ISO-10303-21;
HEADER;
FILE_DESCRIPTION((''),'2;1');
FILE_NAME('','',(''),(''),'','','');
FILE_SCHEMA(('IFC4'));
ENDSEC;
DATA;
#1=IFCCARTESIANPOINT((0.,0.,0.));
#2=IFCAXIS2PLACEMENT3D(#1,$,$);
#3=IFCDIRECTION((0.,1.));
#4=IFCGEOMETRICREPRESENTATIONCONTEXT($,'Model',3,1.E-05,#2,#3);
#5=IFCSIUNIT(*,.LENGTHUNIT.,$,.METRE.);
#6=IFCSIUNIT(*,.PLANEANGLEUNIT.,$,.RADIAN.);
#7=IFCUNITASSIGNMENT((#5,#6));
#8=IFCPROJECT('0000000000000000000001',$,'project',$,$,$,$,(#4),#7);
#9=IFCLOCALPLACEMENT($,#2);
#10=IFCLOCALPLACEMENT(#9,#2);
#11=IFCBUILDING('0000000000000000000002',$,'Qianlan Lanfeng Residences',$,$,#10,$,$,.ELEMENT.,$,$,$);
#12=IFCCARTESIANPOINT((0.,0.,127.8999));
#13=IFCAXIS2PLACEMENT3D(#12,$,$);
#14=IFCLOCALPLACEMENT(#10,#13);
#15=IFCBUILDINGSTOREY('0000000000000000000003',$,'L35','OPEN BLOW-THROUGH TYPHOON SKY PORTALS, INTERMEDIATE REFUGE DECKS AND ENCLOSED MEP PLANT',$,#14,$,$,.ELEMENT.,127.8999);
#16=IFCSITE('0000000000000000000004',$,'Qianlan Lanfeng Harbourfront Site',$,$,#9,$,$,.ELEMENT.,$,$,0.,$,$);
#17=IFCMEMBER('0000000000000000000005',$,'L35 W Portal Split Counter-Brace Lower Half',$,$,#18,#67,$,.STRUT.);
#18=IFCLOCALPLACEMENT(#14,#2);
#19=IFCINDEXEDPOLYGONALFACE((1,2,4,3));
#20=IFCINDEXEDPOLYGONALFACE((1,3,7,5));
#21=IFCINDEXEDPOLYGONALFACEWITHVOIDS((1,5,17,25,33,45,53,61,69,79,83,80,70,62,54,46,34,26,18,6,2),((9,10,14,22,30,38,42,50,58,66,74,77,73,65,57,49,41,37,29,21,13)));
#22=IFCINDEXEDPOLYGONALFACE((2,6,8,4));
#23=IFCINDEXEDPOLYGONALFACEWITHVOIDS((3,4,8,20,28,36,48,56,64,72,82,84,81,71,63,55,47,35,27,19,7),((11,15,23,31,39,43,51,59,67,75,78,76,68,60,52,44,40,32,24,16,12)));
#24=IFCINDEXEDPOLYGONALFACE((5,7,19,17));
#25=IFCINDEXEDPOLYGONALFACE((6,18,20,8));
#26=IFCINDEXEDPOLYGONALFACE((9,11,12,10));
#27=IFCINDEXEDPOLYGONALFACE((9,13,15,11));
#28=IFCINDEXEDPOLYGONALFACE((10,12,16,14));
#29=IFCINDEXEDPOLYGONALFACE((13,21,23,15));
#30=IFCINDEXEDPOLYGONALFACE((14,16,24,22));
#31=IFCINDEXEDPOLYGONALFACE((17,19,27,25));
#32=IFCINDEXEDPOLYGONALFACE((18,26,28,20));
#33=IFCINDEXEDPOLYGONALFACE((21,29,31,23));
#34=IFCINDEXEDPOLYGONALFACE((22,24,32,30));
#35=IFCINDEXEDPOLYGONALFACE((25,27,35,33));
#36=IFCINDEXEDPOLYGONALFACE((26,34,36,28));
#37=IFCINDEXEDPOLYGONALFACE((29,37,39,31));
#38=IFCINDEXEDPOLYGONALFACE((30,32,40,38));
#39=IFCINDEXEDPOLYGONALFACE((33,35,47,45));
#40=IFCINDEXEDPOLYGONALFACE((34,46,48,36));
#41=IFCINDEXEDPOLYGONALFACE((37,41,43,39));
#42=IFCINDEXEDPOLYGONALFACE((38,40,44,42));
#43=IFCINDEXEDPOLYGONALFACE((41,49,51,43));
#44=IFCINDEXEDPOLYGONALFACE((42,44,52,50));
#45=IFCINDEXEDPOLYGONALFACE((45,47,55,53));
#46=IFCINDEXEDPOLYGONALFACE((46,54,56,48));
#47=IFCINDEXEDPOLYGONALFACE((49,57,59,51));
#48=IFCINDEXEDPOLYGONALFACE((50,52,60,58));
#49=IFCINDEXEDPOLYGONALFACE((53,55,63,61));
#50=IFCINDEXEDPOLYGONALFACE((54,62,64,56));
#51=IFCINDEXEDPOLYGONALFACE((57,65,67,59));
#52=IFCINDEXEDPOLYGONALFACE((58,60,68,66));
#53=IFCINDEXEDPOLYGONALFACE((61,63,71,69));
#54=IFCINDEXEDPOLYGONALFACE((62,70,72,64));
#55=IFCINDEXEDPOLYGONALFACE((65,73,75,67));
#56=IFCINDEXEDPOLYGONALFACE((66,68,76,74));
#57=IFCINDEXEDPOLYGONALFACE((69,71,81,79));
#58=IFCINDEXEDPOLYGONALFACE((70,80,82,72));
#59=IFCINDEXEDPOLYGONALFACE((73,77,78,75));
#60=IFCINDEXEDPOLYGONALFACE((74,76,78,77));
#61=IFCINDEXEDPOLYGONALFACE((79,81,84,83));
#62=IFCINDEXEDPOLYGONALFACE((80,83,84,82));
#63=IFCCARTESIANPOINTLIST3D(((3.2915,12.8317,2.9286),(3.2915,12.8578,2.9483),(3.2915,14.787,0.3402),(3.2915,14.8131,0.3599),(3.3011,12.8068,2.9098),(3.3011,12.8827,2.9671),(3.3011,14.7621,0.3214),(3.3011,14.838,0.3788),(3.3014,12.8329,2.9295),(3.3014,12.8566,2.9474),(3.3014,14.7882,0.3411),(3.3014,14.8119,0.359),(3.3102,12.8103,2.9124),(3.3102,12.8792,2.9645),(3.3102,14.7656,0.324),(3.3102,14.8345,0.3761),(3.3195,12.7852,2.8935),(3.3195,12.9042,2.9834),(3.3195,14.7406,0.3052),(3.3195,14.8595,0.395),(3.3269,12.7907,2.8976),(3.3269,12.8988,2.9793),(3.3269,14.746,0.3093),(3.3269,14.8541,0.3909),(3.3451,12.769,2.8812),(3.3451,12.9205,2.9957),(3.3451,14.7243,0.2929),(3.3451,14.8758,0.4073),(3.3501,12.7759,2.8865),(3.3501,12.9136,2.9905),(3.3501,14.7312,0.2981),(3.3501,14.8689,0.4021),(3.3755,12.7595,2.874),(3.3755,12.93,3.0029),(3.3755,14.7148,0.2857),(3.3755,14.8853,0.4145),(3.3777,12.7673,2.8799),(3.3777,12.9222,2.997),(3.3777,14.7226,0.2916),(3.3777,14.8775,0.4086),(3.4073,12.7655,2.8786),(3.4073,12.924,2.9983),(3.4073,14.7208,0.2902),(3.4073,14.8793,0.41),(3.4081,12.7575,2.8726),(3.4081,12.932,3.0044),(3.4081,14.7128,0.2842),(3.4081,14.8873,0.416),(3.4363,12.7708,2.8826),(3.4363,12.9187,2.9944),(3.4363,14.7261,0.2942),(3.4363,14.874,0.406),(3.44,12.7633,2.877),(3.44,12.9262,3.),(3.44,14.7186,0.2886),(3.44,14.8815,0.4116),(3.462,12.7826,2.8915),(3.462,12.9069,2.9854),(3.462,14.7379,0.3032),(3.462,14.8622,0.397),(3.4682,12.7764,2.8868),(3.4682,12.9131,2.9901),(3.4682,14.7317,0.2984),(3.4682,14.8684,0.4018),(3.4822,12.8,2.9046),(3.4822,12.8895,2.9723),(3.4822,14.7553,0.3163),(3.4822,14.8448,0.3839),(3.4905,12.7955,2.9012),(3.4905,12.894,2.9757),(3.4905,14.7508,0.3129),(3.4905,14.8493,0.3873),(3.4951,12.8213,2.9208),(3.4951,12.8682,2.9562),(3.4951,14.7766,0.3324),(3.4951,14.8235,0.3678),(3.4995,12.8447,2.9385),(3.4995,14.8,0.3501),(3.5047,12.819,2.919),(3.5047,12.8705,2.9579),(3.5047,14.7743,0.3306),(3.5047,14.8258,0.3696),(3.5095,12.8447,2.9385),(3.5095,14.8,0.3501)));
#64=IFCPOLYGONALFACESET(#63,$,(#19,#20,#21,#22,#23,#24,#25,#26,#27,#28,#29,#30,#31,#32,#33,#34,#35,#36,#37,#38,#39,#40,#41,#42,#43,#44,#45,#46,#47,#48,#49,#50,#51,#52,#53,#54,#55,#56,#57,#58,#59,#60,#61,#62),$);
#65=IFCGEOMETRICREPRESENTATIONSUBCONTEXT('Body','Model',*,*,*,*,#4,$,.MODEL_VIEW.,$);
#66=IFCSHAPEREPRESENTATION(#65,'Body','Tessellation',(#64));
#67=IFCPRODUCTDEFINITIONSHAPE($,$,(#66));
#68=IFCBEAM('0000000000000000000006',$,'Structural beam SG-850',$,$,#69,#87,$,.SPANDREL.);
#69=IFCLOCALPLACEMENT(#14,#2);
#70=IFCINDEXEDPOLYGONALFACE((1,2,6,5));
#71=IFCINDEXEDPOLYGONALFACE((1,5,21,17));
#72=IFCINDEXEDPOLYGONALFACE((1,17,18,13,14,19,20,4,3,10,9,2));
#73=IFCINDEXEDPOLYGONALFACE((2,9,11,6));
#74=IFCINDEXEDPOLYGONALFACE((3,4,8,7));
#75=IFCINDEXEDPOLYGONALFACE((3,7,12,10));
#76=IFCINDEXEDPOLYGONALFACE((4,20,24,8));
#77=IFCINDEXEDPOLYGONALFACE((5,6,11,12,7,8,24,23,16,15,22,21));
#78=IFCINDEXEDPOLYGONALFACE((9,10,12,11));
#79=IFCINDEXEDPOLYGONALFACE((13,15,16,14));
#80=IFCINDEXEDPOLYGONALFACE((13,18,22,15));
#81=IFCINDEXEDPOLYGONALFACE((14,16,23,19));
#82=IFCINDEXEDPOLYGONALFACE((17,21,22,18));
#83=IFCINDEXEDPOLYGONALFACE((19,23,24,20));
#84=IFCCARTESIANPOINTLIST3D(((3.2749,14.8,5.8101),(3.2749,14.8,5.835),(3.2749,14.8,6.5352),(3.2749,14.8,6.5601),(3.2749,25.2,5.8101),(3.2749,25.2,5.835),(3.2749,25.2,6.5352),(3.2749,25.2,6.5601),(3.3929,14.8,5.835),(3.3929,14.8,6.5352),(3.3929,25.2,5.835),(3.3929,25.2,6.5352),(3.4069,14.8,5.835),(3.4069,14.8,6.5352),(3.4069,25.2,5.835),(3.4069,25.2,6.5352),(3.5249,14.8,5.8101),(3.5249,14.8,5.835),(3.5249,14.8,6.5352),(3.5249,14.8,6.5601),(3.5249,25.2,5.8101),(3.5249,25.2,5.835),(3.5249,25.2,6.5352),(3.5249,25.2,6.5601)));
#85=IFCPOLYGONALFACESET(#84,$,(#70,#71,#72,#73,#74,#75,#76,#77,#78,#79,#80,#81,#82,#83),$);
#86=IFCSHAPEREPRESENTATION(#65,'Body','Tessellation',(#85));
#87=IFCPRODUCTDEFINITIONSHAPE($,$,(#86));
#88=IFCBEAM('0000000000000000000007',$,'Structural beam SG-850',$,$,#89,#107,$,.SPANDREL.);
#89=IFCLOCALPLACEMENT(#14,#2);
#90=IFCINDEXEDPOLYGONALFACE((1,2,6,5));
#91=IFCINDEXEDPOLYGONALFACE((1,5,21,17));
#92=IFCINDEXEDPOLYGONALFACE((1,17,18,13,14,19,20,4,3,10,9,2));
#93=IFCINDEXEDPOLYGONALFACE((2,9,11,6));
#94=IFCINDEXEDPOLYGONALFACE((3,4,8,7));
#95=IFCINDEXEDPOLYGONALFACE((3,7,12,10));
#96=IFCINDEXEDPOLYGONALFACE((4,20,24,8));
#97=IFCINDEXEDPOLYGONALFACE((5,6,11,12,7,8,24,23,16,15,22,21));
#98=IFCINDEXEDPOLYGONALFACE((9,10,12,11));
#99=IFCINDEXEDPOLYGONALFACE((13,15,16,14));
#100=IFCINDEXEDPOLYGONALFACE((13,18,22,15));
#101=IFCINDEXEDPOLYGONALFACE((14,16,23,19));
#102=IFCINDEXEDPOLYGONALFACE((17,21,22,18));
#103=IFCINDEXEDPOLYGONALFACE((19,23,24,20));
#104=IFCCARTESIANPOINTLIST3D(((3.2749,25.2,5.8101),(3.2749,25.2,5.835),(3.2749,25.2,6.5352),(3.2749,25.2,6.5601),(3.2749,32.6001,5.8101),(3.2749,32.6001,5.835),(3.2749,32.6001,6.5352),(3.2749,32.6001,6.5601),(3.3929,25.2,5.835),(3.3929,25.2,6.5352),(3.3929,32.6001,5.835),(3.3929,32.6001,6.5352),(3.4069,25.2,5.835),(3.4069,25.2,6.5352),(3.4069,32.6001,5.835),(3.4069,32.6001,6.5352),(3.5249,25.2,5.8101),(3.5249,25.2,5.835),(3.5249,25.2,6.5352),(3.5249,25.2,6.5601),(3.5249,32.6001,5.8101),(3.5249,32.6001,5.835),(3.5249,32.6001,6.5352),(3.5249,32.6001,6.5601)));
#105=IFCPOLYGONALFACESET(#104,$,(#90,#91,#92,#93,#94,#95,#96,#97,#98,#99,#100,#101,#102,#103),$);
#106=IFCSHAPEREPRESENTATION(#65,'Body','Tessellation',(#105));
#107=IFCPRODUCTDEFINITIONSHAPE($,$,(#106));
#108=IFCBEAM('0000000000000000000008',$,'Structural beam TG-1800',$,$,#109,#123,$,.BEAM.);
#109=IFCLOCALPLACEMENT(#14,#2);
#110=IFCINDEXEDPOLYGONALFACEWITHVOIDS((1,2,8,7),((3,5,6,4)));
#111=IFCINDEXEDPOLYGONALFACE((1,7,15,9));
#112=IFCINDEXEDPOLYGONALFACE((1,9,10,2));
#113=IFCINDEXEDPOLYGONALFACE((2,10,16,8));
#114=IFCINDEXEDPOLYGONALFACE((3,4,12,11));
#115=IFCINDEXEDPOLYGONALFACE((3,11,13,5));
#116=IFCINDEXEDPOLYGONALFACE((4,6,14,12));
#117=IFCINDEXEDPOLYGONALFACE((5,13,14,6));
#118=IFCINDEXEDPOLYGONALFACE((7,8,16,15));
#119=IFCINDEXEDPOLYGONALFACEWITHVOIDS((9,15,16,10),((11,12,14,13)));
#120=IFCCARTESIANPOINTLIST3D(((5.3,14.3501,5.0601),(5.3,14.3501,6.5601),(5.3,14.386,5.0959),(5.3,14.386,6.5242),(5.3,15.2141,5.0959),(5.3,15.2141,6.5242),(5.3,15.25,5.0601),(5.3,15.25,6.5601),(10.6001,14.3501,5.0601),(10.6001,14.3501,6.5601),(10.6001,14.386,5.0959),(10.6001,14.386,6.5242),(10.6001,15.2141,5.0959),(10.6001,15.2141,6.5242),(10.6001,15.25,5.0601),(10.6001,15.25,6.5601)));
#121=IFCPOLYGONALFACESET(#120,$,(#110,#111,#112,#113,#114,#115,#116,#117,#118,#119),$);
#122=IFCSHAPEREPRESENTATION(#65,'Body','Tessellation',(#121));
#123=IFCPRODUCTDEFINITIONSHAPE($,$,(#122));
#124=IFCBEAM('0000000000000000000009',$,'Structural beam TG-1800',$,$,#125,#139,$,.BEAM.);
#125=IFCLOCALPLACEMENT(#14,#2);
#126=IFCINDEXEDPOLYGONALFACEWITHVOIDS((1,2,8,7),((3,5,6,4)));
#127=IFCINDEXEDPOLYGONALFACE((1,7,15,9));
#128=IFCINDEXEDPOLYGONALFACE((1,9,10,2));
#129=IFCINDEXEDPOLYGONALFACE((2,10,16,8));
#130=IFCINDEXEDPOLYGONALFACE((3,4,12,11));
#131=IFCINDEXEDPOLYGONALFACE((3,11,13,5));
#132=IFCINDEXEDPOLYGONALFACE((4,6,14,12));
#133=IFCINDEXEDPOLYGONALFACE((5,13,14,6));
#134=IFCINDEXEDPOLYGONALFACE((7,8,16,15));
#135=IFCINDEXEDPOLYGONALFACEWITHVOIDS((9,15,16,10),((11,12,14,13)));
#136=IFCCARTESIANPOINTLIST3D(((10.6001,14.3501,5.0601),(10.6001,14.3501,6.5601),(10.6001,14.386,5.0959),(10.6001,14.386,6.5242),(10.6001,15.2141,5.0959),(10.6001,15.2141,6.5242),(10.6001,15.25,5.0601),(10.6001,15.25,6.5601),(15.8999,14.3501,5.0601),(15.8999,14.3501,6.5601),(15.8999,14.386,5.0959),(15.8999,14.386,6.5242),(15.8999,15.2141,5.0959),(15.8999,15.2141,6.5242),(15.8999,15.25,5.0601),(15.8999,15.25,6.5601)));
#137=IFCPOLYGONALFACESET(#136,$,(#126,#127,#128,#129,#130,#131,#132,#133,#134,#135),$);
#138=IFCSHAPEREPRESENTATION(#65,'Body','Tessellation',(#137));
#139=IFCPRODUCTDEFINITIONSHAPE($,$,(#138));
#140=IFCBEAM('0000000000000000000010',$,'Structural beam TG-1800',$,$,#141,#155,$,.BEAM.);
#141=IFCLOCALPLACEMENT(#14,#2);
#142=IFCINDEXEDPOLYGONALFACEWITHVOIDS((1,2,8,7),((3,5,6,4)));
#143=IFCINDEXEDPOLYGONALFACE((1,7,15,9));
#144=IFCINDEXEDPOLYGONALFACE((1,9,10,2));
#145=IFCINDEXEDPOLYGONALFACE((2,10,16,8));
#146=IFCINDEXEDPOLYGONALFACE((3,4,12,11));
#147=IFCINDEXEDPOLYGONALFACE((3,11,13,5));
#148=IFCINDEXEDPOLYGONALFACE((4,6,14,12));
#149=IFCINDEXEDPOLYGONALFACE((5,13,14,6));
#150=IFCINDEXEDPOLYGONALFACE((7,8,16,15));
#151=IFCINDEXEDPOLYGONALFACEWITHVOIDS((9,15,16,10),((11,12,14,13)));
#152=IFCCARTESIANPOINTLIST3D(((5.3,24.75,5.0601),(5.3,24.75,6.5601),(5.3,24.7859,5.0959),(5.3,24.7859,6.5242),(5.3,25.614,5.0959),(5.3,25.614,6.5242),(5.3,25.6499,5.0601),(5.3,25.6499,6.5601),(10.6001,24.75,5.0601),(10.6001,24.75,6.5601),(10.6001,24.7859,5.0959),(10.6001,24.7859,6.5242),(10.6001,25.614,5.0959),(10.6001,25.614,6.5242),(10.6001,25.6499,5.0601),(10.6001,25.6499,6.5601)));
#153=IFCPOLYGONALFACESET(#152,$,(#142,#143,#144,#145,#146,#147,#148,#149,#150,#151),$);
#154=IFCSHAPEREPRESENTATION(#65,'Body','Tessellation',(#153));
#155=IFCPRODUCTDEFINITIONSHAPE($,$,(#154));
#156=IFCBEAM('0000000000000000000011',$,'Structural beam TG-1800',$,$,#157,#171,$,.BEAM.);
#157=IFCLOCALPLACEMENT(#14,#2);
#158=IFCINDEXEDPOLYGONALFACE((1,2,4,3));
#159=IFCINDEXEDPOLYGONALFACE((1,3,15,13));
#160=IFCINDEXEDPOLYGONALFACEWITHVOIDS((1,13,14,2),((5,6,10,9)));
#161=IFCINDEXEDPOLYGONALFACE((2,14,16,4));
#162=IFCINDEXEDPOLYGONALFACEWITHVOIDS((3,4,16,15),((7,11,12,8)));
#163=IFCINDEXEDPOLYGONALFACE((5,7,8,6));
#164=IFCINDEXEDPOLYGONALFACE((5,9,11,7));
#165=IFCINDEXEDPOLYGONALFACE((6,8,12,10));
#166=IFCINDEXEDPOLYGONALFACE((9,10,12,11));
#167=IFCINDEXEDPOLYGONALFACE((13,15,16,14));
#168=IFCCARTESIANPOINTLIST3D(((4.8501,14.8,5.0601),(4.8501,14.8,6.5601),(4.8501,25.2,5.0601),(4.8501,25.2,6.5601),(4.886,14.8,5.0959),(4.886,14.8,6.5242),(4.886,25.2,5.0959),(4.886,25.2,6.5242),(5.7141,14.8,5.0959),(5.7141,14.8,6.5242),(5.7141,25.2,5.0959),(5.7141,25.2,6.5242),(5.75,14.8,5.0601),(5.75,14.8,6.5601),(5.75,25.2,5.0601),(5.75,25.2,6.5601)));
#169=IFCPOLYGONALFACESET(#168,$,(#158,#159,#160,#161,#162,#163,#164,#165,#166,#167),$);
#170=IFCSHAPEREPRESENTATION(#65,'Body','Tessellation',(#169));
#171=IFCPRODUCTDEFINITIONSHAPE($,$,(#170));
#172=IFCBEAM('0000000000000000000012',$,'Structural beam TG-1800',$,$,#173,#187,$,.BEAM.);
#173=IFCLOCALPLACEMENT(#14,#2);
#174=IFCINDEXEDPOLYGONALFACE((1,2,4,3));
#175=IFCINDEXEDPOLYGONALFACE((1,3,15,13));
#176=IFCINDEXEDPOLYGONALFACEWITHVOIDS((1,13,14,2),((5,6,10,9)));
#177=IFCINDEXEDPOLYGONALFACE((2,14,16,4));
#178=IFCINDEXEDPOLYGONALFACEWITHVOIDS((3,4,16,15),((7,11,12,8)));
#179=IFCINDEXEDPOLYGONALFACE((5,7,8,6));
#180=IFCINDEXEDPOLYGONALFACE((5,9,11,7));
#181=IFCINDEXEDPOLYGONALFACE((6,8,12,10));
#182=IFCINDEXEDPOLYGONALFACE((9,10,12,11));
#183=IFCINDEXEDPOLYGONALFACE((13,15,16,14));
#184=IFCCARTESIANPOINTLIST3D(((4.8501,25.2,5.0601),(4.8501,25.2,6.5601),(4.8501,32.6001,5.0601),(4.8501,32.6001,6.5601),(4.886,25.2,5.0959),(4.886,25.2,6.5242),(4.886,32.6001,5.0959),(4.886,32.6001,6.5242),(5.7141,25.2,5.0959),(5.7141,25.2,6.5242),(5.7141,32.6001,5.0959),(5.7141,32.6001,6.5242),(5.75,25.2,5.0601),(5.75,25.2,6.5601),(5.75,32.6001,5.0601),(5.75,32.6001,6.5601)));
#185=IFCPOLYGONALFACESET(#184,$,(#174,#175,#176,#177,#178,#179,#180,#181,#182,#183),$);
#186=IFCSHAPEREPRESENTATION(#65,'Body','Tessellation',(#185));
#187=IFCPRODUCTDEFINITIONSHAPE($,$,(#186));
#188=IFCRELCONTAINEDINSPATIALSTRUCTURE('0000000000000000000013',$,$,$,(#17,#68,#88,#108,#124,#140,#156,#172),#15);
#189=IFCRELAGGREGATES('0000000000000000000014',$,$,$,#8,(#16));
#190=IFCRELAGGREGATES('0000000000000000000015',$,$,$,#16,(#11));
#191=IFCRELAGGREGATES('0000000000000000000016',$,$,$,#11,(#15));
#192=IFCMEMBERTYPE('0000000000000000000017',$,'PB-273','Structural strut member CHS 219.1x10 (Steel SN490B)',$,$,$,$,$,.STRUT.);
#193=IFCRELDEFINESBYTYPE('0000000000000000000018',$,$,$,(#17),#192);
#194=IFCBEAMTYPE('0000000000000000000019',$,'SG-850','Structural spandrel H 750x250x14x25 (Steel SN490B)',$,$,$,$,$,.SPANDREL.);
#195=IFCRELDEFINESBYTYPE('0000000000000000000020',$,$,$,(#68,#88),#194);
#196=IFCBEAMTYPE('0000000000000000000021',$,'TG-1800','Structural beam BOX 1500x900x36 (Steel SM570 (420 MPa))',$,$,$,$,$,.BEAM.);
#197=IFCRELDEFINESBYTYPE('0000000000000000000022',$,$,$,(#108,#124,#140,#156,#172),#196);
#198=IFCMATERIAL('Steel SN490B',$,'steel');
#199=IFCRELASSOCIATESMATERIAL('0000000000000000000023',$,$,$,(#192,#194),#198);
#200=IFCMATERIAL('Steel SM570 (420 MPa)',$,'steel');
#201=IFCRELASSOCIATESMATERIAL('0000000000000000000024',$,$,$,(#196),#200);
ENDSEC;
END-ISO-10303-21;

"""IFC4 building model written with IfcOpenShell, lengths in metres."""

from ifc_helpers import new_model, si_unit, direction, frame, origin, origin_2d, place, context, subcontext, project, spatial, hollow_rectangle, hollow_circle, i_section, extrude, material, material_profile, profile_set, type_object, element, save


model = new_model("IFC4")

# Units and contexts
model_context = context("Model", 3, precision=1e-05, world=origin(), true_north=direction((0.0, 1.0)))
body_context = subcontext(model_context, "Body", "Model", "MODEL_VIEW")
ifc_project = project(units=[si_unit("LENGTHUNIT", "METRE"), si_unit("PLANEANGLEUNIT", "RADIAN")], contexts=[model_context])

# Site, building, storey
site_placement = place(None, origin())
site = spatial("IfcSite", under=ifc_project, at=site_placement, Name="Qianlan Lanfeng Harbourfront Site", CompositionType="ELEMENT", RefElevation=0.0)
building_placement = place(site_placement, origin())
building = spatial("IfcBuilding", under=site, at=building_placement, Name="Qianlan Lanfeng Residences", CompositionType="ELEMENT")
storey_placement = place(building_placement, frame((0.0, 0.0, 127.8999)))
storey = spatial("IfcBuildingStorey", under=building, at=storey_placement, Name="L35", Description="OPEN BLOW-THROUGH TYPHOON SKY PORTALS, INTERMEDIATE REFUGE DECKS AND ENCLOSED MEP PLANT", CompositionType="ELEMENT", Elevation=127.8999)

# Shared definitions
ifc_material_1 = material(Name="Steel SN490B", Category="steel")

# Member
ifc_material_profile_1 = material_profile(ifc_material_1, hollow_circle(Radius=0.1096, WallThickness=0.01, at=origin_2d()), Name="CHS 219.1x10")
ifc_profile_set_1 = profile_set([ifc_material_profile_1], Name="Steel SN490B")
member_type = type_object("IfcMemberType", Name="PB-273", Description="Structural strut member CHS 219.1x10 (Steel SN490B)", PredefinedType="STRUT", material=ifc_profile_set_1)
member_placement = place(storey_placement, frame((3.3999, 14.8, 0.3501), z_axis=(0.0, -0.602766, 0.797918), x_axis=(1.0, 0.0, 0.0)))
element("IfcMember", 1, at=member_placement, inside=storey, type_object=member_type, Name="L35 W Portal Split Counter-Brace Lower Half", PredefinedType="STRUT", context=body_context, shape_type="SweptSolid", body=[
    extrude(hollow_circle(Radius=0.1096, WallThickness=0.01, at=origin_2d()), origin(), (0.0, 0.0, 1.0), 3.2439),
])

# Beams
ifc_material_profile_2 = material_profile(ifc_material_1, i_section(OverallWidth=0.25, OverallDepth=0.75, WebThickness=0.0139, FlangeThickness=0.0249, at=origin_2d()), Name="H 750x250x14x25")
ifc_profile_set_2 = profile_set([ifc_material_profile_2], Name="Steel SN490B")
beam_type_1 = type_object("IfcBeamType", Name="SG-850", Description="Structural spandrel H 750x250x14x25 (Steel SN490B)", PredefinedType="SPANDREL", material=ifc_profile_set_2)
beam_1_placement = place(storey_placement, frame((3.3999, 14.8, 6.1851), z_axis=(0.0, 1.0, 0.0), x_axis=(-1.0, 0.0, 0.0)))
element("IfcBeam", 2, at=beam_1_placement, inside=storey, type_object=beam_type_1, Name="Structural beam SG-850", PredefinedType="SPANDREL", context=body_context, shape_type="SweptSolid", body=[
    extrude(i_section(OverallWidth=0.25, OverallDepth=0.75, WebThickness=0.0139, FlangeThickness=0.0249, at=origin_2d()), origin(), (0.0, 0.0, 1.0), 10.3999),
])
beam_2_placement = place(storey_placement, frame((3.3999, 25.2, 6.1851), z_axis=(0.0, 1.0, 0.0), x_axis=(-1.0, 0.0, 0.0)))
element("IfcBeam", 3, at=beam_2_placement, inside=storey, type_object=beam_type_1, Name="Structural beam SG-850", PredefinedType="SPANDREL", context=body_context, shape_type="SweptSolid", body=[
    extrude(i_section(OverallWidth=0.25, OverallDepth=0.75, WebThickness=0.0139, FlangeThickness=0.0249, at=origin_2d()), origin(), (0.0, 0.0, 1.0), 7.4001),
])
ifc_material_2 = material(Name="Steel SM570 (420 MPa)", Category="steel")
ifc_material_profile_3 = material_profile(ifc_material_2, hollow_rectangle(XDim=0.8999, YDim=1.5, WallThickness=0.0359, at=origin_2d()), Name="BOX 1500x900x36")
ifc_profile_set_3 = profile_set([ifc_material_profile_3], Name="Steel SM570 (420 MPa)")
beam_type_2 = type_object("IfcBeamType", Name="TG-1800", Description="Structural beam BOX 1500x900x36 (Steel SM570 (420 MPa))", PredefinedType="BEAM", material=ifc_profile_set_3)
beam_3_placement = place(storey_placement, frame((5.3, 14.8, 5.8101), z_axis=(1.0, 0.0, 0.0), x_axis=(0.0, 1.0, 0.0)))
element("IfcBeam", 4, at=beam_3_placement, inside=storey, type_object=beam_type_2, Name="Structural beam TG-1800", PredefinedType="BEAM", context=body_context, shape_type="SweptSolid", body=[
    extrude(hollow_rectangle(XDim=0.8999, YDim=1.5, WallThickness=0.0359, at=origin_2d()), origin(), (0.0, 0.0, 1.0), 5.3),
])
beam_4_placement = place(storey_placement, frame((10.6001, 14.8, 5.8101), z_axis=(1.0, 0.0, 0.0), x_axis=(0.0, 1.0, 0.0)))
element("IfcBeam", 5, at=beam_4_placement, inside=storey, type_object=beam_type_2, Name="Structural beam TG-1800", PredefinedType="BEAM", context=body_context, shape_type="SweptSolid", body=[
    extrude(hollow_rectangle(XDim=0.8999, YDim=1.5, WallThickness=0.0359, at=origin_2d()), origin(), (0.0, 0.0, 1.0), 5.2998),
])
beam_5_placement = place(storey_placement, frame((5.3, 25.2, 5.8101), z_axis=(1.0, 0.0, 0.0), x_axis=(0.0, 1.0, 0.0)))
element("IfcBeam", 6, at=beam_5_placement, inside=storey, type_object=beam_type_2, Name="Structural beam TG-1800", PredefinedType="BEAM", context=body_context, shape_type="SweptSolid", body=[
    extrude(hollow_rectangle(XDim=0.8999, YDim=1.5, WallThickness=0.0359, at=origin_2d()), origin(), (0.0, 0.0, 1.0), 5.3),
])
beam_6_placement = place(storey_placement, frame((5.3, 14.8, 5.8101), z_axis=(0.0, 1.0, 0.0), x_axis=(-1.0, 0.0, 0.0)))
element("IfcBeam", 7, at=beam_6_placement, inside=storey, type_object=beam_type_2, Name="Structural beam TG-1800", PredefinedType="BEAM", context=body_context, shape_type="SweptSolid", body=[
    extrude(hollow_rectangle(XDim=0.8999, YDim=1.5, WallThickness=0.0359, at=origin_2d()), origin(), (0.0, 0.0, 1.0), 10.3999),
])
beam_7_placement = place(storey_placement, frame((5.3, 25.2, 5.8101), z_axis=(0.0, 1.0, 0.0), x_axis=(-1.0, 0.0, 0.0)))
element("IfcBeam", 8, at=beam_7_placement, inside=storey, type_object=beam_type_2, Name="Structural beam TG-1800", PredefinedType="BEAM", context=body_context, shape_type="SweptSolid", body=[
    extrude(hollow_rectangle(XDim=0.8999, YDim=1.5, WallThickness=0.0359, at=origin_2d()), origin(), (0.0, 0.0, 1.0), 7.4001),
])

save(model, "model.ifc")
